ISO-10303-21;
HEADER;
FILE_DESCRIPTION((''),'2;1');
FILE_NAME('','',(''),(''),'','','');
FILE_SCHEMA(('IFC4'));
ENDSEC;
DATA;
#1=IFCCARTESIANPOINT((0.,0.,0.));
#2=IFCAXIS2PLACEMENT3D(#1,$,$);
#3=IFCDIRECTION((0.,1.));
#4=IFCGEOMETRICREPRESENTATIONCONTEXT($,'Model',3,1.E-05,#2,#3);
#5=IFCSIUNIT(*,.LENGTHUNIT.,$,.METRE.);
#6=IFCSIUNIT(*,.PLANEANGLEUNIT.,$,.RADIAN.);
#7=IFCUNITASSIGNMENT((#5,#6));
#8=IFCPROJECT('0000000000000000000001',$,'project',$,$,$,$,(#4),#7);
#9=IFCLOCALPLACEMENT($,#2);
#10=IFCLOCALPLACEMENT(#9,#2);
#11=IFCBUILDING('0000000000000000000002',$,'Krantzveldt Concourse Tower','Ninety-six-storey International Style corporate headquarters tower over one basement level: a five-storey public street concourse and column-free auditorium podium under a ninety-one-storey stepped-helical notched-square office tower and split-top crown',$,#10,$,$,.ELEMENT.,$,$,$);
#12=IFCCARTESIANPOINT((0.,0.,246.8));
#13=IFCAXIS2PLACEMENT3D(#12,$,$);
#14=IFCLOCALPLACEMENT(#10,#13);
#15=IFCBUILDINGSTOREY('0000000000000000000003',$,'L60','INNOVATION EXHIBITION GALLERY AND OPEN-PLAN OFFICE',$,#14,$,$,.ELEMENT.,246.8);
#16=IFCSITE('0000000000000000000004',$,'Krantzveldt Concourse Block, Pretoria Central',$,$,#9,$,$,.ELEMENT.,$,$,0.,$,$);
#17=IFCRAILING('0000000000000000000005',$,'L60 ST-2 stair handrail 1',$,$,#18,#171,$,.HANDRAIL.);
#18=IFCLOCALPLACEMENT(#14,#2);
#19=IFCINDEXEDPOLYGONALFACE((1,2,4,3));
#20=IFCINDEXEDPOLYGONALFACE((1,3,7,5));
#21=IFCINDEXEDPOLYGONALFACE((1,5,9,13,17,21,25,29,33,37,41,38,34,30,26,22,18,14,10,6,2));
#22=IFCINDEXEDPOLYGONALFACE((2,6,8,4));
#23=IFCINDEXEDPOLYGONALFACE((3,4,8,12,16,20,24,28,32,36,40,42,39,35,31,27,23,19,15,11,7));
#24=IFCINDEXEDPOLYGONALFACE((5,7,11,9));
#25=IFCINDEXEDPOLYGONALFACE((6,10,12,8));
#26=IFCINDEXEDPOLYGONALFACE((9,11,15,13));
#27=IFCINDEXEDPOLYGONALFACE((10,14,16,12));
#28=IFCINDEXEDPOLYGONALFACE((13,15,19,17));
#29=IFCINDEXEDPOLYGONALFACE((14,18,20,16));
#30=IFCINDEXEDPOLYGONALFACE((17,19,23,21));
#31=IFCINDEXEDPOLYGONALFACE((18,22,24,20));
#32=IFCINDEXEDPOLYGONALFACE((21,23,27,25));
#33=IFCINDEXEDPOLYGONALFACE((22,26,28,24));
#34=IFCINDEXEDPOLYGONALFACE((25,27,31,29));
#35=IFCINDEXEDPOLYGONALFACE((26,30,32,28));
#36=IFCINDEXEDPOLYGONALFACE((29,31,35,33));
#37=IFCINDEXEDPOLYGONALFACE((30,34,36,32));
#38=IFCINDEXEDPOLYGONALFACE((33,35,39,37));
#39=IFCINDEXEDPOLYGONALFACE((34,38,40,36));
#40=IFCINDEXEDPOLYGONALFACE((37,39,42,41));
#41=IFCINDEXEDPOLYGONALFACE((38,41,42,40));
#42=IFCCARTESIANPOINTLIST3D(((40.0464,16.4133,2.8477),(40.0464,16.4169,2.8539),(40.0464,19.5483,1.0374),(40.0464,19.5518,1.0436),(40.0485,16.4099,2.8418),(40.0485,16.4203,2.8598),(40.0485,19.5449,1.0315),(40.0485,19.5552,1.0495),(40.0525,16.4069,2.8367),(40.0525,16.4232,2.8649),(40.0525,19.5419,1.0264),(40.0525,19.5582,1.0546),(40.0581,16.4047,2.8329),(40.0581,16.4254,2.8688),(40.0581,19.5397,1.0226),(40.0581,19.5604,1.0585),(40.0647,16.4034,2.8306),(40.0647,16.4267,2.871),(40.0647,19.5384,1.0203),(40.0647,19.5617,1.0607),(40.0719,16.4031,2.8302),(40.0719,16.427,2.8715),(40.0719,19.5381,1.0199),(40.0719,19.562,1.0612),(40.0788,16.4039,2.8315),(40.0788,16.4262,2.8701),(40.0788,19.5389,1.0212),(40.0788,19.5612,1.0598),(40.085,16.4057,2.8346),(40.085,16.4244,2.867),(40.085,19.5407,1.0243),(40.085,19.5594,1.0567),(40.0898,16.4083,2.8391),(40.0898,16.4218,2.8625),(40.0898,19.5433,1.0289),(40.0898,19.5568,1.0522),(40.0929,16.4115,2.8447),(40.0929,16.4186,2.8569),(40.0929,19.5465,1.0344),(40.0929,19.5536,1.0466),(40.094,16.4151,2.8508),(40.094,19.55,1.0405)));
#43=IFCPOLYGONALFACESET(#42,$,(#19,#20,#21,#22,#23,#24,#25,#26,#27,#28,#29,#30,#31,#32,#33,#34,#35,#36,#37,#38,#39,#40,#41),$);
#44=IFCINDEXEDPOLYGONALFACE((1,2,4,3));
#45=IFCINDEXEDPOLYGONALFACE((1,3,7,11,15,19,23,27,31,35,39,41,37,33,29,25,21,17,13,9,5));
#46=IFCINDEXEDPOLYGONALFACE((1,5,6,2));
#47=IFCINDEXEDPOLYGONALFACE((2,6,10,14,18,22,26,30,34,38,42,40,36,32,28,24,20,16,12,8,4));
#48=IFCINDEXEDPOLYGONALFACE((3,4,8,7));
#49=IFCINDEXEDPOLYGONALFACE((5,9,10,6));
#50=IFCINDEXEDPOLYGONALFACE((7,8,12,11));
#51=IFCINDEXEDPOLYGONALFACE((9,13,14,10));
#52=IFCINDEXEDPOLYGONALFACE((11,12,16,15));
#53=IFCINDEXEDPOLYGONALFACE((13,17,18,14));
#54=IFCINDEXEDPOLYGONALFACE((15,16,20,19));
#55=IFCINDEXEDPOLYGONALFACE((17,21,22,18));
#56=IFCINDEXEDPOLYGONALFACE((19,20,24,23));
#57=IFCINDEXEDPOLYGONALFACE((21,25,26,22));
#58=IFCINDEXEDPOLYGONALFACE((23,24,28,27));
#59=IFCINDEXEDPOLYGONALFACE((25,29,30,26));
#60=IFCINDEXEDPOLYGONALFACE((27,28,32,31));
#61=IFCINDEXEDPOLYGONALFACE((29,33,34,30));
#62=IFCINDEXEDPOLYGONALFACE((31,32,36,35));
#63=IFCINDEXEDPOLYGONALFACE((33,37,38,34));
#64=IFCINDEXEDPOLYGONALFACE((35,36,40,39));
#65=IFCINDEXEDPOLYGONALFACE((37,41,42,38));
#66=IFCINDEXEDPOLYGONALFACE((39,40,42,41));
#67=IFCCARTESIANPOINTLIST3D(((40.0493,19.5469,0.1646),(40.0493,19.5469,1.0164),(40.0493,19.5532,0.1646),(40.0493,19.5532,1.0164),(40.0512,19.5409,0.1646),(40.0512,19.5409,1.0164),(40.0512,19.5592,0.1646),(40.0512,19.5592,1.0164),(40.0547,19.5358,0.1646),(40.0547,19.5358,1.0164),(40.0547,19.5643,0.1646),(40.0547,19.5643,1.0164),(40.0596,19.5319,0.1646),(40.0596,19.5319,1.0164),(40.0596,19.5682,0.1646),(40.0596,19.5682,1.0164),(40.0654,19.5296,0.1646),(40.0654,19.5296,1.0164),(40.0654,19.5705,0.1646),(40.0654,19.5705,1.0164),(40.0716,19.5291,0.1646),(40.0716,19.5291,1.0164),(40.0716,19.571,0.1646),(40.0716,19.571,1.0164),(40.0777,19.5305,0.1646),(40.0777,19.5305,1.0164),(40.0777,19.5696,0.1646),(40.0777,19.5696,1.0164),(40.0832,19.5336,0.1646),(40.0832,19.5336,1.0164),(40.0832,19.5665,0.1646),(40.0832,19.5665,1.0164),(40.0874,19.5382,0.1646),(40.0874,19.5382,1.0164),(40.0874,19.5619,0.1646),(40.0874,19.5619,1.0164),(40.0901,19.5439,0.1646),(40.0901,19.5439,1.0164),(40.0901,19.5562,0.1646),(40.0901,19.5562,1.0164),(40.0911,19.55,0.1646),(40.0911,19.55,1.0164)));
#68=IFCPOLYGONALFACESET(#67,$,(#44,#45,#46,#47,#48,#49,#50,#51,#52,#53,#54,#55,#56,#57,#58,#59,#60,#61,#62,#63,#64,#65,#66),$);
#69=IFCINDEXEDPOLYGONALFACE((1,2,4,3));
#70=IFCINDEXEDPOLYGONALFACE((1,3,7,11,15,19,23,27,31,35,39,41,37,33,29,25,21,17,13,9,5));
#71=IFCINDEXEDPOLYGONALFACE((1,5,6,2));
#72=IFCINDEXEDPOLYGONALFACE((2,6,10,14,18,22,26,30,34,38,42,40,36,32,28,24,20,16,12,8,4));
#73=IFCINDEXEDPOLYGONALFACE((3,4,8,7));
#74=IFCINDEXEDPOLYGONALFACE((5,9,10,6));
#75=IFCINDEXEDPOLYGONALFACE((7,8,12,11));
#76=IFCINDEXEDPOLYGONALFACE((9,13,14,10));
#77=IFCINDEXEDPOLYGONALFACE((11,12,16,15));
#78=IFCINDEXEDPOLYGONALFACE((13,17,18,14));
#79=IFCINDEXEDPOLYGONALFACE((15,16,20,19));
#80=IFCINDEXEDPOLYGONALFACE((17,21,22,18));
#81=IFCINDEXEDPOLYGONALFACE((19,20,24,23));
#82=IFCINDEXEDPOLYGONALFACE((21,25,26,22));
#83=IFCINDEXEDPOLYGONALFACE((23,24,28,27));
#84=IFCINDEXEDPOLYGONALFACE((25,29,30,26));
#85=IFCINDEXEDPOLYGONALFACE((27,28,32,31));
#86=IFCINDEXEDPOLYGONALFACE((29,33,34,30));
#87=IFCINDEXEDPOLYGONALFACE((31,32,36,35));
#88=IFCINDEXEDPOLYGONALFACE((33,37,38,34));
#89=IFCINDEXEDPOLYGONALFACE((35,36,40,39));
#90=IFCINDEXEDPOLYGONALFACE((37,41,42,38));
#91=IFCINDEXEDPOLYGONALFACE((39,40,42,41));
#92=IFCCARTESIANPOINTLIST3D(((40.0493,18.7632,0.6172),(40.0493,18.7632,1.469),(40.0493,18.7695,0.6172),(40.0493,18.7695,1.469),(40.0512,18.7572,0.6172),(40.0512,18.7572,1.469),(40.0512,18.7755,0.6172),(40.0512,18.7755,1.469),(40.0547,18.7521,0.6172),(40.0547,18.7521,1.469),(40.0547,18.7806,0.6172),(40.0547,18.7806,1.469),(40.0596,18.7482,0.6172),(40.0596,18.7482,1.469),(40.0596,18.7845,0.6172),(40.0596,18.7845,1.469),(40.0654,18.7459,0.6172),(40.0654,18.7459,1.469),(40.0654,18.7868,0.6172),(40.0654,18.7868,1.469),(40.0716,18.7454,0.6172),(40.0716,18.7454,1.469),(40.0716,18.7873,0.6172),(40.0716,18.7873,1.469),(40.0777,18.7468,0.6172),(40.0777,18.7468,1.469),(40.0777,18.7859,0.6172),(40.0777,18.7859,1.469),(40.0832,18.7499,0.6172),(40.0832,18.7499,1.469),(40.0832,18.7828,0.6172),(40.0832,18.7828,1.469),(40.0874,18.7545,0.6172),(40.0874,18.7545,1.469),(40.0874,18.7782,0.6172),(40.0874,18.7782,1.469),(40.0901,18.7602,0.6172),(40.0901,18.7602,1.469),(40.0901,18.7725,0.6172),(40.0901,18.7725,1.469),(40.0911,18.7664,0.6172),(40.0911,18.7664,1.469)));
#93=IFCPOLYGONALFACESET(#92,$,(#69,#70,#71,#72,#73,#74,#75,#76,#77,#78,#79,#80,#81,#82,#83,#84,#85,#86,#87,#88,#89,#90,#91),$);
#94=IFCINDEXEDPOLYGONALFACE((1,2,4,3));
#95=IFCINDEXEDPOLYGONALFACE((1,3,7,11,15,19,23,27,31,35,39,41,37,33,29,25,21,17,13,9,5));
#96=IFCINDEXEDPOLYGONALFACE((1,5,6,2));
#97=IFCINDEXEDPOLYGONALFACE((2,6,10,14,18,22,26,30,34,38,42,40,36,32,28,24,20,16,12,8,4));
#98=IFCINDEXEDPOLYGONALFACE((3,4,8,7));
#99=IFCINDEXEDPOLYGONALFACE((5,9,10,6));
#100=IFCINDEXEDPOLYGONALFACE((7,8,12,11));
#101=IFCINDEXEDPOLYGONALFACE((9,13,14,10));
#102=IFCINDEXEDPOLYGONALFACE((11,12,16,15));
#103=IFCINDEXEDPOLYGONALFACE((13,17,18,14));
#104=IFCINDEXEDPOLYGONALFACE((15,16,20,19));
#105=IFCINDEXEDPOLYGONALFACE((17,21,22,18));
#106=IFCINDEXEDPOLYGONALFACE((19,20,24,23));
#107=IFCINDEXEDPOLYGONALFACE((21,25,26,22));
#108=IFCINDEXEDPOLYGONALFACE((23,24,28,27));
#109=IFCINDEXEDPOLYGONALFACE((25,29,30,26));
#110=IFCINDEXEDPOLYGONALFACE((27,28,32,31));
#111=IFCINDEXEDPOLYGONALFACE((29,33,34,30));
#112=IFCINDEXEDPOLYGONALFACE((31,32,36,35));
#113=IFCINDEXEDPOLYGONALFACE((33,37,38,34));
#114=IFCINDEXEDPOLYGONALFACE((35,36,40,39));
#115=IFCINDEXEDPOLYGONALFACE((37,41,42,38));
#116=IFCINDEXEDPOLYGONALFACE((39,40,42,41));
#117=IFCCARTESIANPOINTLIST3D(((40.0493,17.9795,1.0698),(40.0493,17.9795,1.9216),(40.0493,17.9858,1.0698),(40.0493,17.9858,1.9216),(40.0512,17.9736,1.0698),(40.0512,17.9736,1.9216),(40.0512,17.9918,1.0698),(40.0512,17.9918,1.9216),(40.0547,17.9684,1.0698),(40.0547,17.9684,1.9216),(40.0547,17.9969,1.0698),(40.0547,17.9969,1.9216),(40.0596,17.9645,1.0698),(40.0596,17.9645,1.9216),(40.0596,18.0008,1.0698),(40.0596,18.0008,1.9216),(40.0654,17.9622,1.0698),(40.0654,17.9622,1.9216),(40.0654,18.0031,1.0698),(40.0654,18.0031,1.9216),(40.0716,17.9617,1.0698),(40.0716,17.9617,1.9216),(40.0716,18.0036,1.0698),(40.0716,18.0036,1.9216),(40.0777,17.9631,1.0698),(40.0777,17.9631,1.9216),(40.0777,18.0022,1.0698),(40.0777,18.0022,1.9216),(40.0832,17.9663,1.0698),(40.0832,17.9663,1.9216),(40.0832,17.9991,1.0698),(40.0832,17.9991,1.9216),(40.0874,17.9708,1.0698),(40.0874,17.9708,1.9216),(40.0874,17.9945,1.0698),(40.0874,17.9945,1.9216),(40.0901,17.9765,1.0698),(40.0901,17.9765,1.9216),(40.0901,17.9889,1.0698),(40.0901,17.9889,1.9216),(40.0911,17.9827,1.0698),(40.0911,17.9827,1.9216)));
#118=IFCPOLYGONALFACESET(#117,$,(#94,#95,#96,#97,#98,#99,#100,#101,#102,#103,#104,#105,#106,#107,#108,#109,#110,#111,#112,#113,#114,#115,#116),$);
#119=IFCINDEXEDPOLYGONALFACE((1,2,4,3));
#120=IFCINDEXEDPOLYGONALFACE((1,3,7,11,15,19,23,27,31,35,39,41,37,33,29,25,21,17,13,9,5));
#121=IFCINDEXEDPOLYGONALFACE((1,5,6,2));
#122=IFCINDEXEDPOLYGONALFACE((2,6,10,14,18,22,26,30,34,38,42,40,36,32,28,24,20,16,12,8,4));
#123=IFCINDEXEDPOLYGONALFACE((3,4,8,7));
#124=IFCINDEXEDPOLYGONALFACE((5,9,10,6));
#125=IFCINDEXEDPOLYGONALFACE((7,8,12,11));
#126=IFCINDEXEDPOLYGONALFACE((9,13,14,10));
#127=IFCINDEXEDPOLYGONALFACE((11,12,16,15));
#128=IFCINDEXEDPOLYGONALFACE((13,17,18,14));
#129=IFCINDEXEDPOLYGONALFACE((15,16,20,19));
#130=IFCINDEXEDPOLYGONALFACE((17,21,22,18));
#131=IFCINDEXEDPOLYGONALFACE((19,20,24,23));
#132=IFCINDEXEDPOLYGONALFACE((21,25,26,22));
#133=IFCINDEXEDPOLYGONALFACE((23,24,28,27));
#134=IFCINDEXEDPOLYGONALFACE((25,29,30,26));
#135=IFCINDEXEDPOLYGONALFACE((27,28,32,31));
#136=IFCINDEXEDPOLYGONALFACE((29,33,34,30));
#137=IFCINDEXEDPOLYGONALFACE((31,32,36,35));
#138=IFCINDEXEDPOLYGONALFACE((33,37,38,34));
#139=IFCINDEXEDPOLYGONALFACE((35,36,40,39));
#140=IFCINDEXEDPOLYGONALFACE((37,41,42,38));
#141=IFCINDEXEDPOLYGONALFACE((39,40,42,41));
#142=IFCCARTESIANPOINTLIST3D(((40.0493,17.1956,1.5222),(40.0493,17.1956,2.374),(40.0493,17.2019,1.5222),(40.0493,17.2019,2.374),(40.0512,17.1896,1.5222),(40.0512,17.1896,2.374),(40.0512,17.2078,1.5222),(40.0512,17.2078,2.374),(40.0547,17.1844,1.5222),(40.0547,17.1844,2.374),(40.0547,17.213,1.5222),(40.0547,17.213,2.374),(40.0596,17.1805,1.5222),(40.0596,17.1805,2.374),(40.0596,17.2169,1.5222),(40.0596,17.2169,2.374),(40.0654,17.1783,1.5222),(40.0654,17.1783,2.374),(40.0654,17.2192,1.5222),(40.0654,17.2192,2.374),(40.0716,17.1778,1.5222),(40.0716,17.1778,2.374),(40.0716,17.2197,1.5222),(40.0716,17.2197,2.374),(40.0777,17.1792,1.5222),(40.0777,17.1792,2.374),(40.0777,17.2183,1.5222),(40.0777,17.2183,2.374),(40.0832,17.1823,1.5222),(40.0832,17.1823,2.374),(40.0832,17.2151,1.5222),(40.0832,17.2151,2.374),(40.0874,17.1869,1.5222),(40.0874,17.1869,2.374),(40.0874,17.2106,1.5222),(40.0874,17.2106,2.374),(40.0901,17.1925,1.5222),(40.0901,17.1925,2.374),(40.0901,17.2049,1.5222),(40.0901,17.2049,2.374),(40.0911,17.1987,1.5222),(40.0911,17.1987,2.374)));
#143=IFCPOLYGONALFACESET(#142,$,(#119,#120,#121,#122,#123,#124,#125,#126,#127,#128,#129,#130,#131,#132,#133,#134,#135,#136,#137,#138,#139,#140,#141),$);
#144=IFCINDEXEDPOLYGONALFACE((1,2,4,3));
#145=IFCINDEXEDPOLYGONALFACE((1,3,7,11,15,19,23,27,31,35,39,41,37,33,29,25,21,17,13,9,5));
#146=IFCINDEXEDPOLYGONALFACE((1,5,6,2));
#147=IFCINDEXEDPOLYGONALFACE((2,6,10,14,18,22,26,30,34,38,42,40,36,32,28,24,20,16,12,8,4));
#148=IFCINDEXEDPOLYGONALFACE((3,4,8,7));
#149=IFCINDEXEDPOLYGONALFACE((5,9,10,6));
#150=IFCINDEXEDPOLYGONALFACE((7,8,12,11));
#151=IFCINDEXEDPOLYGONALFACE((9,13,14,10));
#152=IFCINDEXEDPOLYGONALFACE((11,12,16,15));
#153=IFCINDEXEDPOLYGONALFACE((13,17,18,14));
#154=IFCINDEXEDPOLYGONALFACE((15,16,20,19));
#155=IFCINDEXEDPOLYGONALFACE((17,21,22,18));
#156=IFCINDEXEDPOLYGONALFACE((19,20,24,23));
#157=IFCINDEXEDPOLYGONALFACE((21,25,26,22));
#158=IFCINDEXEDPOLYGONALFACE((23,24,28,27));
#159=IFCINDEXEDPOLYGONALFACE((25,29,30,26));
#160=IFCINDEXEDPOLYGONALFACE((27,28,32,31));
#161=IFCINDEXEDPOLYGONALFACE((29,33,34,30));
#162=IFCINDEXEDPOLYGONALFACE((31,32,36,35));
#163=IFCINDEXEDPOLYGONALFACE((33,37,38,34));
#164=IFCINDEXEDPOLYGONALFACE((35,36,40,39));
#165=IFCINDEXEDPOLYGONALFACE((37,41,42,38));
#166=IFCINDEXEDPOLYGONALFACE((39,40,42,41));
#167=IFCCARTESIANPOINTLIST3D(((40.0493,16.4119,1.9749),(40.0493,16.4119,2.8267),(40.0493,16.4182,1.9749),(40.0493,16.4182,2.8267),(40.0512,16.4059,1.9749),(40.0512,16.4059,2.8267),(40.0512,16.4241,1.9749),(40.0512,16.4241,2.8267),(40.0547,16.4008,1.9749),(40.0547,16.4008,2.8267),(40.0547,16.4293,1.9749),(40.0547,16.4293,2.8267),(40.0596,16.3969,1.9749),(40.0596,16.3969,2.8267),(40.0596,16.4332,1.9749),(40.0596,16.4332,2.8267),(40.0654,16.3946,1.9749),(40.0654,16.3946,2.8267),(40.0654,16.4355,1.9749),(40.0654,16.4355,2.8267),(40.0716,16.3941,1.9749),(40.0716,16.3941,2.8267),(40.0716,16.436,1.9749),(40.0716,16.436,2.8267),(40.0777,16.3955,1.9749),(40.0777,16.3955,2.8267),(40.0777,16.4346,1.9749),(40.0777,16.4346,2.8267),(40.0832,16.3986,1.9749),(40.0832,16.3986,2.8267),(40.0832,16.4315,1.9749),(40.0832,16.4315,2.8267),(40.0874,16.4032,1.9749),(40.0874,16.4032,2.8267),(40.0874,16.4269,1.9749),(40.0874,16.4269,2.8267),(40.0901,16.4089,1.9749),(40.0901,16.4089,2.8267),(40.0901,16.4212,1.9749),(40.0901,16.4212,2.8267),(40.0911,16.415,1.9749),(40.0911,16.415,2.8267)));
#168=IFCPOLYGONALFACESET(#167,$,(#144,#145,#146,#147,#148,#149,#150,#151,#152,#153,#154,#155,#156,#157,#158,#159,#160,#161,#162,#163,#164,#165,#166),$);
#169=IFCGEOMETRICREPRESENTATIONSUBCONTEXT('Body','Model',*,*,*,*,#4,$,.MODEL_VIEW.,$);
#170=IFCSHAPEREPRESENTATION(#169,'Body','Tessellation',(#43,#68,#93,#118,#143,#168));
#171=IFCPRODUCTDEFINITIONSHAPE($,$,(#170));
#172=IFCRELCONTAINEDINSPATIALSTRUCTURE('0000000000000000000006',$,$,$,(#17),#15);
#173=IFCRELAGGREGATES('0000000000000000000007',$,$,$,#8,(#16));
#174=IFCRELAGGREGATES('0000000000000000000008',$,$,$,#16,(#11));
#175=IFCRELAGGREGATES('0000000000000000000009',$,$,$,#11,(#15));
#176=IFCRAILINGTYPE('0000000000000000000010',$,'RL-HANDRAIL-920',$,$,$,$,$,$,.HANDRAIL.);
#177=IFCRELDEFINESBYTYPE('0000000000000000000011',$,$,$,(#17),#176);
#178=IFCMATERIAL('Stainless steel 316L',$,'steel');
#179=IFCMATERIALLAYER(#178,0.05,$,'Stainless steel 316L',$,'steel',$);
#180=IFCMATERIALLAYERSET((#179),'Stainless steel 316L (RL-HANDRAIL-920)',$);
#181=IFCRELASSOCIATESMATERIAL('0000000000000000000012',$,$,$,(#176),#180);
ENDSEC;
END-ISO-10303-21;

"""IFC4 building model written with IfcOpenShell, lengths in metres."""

from ifc_helpers import new_model, si_unit, direction, frame, origin, origin_2d, place, context, subcontext, project, spatial, circle, extrude, material, layer, layer_set, type_object, element, save


model = new_model("IFC4")

# Units and contexts
model_context = context("Model", 3, precision=1e-05, world=origin(), true_north=direction((0.0, 1.0)))
body_context = subcontext(model_context, "Body", "Model", "MODEL_VIEW")
ifc_project = project(units=[si_unit("LENGTHUNIT", "METRE"), si_unit("PLANEANGLEUNIT", "RADIAN")], contexts=[model_context])

# Site, building, storey
site_placement = place(None, origin())
site = spatial("IfcSite", under=ifc_project, at=site_placement, Name="Krantzveldt Concourse Block, Pretoria Central", CompositionType="ELEMENT", RefElevation=0.0)
building_placement = place(site_placement, origin())
building = spatial("IfcBuilding", under=site, at=building_placement, Name="Krantzveldt Concourse Tower", Description="Ninety-six-storey International Style corporate headquarters tower over one basement level: a five-storey public street concourse and column-free auditorium podium under a ninety-one-storey stepped-helical notched-square office tower and split-top crown", CompositionType="ELEMENT")
storey_placement = place(building_placement, frame((0.0, 0.0, 246.8)))
storey = spatial("IfcBuildingStorey", under=building, at=storey_placement, Name="L60", Description="INNOVATION EXHIBITION GALLERY AND OPEN-PLAN OFFICE", CompositionType="ELEMENT", Elevation=246.8)

# Shared definitions
ifc_material_1 = material(Name="Stainless steel 316L", Category="steel")

# Railing
ifc_layer_1 = layer(ifc_material_1, 0.05, Name="Stainless steel 316L", Category="steel")
ifc_layer_set_1 = layer_set([ifc_layer_1], Name="Stainless steel 316L (RL-HANDRAIL-920)")
railing_type_1 = type_object("IfcRailingType", Name="RL-HANDRAIL-920", PredefinedType="HANDRAIL", material=ifc_layer_set_1)
railing_1_placement = place(storey_placement, frame((40.0701, 19.55, 0.1646)))
element("IfcRailing", 1, at=railing_1_placement, inside=storey, type_object=railing_type_1, Name="L60 ST-2 stair handrail 1", PredefinedType="HANDRAIL", context=body_context, shape_type="SweptSolid", body=[
    extrude(circle(Radius=0.0239, at=origin_2d()), frame((0.0, 0.0, 0.876), z_axis=(0.0, -0.865989, 0.500063), x_axis=(1.0, 0.0, 0.0)), (0.0, 0.0, 1.0), 3.6201),
    extrude(circle(Radius=0.021, at=origin_2d()), origin(), (0.0, 0.0, 1.0), 0.8518),
    extrude(circle(Radius=0.021, at=origin_2d()), frame((0.0, -0.7837, 0.4526)), (0.0, 0.0, 1.0), 0.8518),
    extrude(circle(Radius=0.021, at=origin_2d()), frame((0.0, -1.5674, 0.9053)), (0.0, 0.0, 1.0), 0.8518),
    extrude(circle(Radius=0.021, at=origin_2d()), frame((0.0, -2.3513, 1.3577)), (0.0, 0.0, 1.0), 0.8518),
    extrude(circle(Radius=0.021, at=origin_2d()), frame((0.0, -3.135, 1.8103)), (0.0, 0.0, 1.0), 0.8518),
])

save(model, "model.ifc")
